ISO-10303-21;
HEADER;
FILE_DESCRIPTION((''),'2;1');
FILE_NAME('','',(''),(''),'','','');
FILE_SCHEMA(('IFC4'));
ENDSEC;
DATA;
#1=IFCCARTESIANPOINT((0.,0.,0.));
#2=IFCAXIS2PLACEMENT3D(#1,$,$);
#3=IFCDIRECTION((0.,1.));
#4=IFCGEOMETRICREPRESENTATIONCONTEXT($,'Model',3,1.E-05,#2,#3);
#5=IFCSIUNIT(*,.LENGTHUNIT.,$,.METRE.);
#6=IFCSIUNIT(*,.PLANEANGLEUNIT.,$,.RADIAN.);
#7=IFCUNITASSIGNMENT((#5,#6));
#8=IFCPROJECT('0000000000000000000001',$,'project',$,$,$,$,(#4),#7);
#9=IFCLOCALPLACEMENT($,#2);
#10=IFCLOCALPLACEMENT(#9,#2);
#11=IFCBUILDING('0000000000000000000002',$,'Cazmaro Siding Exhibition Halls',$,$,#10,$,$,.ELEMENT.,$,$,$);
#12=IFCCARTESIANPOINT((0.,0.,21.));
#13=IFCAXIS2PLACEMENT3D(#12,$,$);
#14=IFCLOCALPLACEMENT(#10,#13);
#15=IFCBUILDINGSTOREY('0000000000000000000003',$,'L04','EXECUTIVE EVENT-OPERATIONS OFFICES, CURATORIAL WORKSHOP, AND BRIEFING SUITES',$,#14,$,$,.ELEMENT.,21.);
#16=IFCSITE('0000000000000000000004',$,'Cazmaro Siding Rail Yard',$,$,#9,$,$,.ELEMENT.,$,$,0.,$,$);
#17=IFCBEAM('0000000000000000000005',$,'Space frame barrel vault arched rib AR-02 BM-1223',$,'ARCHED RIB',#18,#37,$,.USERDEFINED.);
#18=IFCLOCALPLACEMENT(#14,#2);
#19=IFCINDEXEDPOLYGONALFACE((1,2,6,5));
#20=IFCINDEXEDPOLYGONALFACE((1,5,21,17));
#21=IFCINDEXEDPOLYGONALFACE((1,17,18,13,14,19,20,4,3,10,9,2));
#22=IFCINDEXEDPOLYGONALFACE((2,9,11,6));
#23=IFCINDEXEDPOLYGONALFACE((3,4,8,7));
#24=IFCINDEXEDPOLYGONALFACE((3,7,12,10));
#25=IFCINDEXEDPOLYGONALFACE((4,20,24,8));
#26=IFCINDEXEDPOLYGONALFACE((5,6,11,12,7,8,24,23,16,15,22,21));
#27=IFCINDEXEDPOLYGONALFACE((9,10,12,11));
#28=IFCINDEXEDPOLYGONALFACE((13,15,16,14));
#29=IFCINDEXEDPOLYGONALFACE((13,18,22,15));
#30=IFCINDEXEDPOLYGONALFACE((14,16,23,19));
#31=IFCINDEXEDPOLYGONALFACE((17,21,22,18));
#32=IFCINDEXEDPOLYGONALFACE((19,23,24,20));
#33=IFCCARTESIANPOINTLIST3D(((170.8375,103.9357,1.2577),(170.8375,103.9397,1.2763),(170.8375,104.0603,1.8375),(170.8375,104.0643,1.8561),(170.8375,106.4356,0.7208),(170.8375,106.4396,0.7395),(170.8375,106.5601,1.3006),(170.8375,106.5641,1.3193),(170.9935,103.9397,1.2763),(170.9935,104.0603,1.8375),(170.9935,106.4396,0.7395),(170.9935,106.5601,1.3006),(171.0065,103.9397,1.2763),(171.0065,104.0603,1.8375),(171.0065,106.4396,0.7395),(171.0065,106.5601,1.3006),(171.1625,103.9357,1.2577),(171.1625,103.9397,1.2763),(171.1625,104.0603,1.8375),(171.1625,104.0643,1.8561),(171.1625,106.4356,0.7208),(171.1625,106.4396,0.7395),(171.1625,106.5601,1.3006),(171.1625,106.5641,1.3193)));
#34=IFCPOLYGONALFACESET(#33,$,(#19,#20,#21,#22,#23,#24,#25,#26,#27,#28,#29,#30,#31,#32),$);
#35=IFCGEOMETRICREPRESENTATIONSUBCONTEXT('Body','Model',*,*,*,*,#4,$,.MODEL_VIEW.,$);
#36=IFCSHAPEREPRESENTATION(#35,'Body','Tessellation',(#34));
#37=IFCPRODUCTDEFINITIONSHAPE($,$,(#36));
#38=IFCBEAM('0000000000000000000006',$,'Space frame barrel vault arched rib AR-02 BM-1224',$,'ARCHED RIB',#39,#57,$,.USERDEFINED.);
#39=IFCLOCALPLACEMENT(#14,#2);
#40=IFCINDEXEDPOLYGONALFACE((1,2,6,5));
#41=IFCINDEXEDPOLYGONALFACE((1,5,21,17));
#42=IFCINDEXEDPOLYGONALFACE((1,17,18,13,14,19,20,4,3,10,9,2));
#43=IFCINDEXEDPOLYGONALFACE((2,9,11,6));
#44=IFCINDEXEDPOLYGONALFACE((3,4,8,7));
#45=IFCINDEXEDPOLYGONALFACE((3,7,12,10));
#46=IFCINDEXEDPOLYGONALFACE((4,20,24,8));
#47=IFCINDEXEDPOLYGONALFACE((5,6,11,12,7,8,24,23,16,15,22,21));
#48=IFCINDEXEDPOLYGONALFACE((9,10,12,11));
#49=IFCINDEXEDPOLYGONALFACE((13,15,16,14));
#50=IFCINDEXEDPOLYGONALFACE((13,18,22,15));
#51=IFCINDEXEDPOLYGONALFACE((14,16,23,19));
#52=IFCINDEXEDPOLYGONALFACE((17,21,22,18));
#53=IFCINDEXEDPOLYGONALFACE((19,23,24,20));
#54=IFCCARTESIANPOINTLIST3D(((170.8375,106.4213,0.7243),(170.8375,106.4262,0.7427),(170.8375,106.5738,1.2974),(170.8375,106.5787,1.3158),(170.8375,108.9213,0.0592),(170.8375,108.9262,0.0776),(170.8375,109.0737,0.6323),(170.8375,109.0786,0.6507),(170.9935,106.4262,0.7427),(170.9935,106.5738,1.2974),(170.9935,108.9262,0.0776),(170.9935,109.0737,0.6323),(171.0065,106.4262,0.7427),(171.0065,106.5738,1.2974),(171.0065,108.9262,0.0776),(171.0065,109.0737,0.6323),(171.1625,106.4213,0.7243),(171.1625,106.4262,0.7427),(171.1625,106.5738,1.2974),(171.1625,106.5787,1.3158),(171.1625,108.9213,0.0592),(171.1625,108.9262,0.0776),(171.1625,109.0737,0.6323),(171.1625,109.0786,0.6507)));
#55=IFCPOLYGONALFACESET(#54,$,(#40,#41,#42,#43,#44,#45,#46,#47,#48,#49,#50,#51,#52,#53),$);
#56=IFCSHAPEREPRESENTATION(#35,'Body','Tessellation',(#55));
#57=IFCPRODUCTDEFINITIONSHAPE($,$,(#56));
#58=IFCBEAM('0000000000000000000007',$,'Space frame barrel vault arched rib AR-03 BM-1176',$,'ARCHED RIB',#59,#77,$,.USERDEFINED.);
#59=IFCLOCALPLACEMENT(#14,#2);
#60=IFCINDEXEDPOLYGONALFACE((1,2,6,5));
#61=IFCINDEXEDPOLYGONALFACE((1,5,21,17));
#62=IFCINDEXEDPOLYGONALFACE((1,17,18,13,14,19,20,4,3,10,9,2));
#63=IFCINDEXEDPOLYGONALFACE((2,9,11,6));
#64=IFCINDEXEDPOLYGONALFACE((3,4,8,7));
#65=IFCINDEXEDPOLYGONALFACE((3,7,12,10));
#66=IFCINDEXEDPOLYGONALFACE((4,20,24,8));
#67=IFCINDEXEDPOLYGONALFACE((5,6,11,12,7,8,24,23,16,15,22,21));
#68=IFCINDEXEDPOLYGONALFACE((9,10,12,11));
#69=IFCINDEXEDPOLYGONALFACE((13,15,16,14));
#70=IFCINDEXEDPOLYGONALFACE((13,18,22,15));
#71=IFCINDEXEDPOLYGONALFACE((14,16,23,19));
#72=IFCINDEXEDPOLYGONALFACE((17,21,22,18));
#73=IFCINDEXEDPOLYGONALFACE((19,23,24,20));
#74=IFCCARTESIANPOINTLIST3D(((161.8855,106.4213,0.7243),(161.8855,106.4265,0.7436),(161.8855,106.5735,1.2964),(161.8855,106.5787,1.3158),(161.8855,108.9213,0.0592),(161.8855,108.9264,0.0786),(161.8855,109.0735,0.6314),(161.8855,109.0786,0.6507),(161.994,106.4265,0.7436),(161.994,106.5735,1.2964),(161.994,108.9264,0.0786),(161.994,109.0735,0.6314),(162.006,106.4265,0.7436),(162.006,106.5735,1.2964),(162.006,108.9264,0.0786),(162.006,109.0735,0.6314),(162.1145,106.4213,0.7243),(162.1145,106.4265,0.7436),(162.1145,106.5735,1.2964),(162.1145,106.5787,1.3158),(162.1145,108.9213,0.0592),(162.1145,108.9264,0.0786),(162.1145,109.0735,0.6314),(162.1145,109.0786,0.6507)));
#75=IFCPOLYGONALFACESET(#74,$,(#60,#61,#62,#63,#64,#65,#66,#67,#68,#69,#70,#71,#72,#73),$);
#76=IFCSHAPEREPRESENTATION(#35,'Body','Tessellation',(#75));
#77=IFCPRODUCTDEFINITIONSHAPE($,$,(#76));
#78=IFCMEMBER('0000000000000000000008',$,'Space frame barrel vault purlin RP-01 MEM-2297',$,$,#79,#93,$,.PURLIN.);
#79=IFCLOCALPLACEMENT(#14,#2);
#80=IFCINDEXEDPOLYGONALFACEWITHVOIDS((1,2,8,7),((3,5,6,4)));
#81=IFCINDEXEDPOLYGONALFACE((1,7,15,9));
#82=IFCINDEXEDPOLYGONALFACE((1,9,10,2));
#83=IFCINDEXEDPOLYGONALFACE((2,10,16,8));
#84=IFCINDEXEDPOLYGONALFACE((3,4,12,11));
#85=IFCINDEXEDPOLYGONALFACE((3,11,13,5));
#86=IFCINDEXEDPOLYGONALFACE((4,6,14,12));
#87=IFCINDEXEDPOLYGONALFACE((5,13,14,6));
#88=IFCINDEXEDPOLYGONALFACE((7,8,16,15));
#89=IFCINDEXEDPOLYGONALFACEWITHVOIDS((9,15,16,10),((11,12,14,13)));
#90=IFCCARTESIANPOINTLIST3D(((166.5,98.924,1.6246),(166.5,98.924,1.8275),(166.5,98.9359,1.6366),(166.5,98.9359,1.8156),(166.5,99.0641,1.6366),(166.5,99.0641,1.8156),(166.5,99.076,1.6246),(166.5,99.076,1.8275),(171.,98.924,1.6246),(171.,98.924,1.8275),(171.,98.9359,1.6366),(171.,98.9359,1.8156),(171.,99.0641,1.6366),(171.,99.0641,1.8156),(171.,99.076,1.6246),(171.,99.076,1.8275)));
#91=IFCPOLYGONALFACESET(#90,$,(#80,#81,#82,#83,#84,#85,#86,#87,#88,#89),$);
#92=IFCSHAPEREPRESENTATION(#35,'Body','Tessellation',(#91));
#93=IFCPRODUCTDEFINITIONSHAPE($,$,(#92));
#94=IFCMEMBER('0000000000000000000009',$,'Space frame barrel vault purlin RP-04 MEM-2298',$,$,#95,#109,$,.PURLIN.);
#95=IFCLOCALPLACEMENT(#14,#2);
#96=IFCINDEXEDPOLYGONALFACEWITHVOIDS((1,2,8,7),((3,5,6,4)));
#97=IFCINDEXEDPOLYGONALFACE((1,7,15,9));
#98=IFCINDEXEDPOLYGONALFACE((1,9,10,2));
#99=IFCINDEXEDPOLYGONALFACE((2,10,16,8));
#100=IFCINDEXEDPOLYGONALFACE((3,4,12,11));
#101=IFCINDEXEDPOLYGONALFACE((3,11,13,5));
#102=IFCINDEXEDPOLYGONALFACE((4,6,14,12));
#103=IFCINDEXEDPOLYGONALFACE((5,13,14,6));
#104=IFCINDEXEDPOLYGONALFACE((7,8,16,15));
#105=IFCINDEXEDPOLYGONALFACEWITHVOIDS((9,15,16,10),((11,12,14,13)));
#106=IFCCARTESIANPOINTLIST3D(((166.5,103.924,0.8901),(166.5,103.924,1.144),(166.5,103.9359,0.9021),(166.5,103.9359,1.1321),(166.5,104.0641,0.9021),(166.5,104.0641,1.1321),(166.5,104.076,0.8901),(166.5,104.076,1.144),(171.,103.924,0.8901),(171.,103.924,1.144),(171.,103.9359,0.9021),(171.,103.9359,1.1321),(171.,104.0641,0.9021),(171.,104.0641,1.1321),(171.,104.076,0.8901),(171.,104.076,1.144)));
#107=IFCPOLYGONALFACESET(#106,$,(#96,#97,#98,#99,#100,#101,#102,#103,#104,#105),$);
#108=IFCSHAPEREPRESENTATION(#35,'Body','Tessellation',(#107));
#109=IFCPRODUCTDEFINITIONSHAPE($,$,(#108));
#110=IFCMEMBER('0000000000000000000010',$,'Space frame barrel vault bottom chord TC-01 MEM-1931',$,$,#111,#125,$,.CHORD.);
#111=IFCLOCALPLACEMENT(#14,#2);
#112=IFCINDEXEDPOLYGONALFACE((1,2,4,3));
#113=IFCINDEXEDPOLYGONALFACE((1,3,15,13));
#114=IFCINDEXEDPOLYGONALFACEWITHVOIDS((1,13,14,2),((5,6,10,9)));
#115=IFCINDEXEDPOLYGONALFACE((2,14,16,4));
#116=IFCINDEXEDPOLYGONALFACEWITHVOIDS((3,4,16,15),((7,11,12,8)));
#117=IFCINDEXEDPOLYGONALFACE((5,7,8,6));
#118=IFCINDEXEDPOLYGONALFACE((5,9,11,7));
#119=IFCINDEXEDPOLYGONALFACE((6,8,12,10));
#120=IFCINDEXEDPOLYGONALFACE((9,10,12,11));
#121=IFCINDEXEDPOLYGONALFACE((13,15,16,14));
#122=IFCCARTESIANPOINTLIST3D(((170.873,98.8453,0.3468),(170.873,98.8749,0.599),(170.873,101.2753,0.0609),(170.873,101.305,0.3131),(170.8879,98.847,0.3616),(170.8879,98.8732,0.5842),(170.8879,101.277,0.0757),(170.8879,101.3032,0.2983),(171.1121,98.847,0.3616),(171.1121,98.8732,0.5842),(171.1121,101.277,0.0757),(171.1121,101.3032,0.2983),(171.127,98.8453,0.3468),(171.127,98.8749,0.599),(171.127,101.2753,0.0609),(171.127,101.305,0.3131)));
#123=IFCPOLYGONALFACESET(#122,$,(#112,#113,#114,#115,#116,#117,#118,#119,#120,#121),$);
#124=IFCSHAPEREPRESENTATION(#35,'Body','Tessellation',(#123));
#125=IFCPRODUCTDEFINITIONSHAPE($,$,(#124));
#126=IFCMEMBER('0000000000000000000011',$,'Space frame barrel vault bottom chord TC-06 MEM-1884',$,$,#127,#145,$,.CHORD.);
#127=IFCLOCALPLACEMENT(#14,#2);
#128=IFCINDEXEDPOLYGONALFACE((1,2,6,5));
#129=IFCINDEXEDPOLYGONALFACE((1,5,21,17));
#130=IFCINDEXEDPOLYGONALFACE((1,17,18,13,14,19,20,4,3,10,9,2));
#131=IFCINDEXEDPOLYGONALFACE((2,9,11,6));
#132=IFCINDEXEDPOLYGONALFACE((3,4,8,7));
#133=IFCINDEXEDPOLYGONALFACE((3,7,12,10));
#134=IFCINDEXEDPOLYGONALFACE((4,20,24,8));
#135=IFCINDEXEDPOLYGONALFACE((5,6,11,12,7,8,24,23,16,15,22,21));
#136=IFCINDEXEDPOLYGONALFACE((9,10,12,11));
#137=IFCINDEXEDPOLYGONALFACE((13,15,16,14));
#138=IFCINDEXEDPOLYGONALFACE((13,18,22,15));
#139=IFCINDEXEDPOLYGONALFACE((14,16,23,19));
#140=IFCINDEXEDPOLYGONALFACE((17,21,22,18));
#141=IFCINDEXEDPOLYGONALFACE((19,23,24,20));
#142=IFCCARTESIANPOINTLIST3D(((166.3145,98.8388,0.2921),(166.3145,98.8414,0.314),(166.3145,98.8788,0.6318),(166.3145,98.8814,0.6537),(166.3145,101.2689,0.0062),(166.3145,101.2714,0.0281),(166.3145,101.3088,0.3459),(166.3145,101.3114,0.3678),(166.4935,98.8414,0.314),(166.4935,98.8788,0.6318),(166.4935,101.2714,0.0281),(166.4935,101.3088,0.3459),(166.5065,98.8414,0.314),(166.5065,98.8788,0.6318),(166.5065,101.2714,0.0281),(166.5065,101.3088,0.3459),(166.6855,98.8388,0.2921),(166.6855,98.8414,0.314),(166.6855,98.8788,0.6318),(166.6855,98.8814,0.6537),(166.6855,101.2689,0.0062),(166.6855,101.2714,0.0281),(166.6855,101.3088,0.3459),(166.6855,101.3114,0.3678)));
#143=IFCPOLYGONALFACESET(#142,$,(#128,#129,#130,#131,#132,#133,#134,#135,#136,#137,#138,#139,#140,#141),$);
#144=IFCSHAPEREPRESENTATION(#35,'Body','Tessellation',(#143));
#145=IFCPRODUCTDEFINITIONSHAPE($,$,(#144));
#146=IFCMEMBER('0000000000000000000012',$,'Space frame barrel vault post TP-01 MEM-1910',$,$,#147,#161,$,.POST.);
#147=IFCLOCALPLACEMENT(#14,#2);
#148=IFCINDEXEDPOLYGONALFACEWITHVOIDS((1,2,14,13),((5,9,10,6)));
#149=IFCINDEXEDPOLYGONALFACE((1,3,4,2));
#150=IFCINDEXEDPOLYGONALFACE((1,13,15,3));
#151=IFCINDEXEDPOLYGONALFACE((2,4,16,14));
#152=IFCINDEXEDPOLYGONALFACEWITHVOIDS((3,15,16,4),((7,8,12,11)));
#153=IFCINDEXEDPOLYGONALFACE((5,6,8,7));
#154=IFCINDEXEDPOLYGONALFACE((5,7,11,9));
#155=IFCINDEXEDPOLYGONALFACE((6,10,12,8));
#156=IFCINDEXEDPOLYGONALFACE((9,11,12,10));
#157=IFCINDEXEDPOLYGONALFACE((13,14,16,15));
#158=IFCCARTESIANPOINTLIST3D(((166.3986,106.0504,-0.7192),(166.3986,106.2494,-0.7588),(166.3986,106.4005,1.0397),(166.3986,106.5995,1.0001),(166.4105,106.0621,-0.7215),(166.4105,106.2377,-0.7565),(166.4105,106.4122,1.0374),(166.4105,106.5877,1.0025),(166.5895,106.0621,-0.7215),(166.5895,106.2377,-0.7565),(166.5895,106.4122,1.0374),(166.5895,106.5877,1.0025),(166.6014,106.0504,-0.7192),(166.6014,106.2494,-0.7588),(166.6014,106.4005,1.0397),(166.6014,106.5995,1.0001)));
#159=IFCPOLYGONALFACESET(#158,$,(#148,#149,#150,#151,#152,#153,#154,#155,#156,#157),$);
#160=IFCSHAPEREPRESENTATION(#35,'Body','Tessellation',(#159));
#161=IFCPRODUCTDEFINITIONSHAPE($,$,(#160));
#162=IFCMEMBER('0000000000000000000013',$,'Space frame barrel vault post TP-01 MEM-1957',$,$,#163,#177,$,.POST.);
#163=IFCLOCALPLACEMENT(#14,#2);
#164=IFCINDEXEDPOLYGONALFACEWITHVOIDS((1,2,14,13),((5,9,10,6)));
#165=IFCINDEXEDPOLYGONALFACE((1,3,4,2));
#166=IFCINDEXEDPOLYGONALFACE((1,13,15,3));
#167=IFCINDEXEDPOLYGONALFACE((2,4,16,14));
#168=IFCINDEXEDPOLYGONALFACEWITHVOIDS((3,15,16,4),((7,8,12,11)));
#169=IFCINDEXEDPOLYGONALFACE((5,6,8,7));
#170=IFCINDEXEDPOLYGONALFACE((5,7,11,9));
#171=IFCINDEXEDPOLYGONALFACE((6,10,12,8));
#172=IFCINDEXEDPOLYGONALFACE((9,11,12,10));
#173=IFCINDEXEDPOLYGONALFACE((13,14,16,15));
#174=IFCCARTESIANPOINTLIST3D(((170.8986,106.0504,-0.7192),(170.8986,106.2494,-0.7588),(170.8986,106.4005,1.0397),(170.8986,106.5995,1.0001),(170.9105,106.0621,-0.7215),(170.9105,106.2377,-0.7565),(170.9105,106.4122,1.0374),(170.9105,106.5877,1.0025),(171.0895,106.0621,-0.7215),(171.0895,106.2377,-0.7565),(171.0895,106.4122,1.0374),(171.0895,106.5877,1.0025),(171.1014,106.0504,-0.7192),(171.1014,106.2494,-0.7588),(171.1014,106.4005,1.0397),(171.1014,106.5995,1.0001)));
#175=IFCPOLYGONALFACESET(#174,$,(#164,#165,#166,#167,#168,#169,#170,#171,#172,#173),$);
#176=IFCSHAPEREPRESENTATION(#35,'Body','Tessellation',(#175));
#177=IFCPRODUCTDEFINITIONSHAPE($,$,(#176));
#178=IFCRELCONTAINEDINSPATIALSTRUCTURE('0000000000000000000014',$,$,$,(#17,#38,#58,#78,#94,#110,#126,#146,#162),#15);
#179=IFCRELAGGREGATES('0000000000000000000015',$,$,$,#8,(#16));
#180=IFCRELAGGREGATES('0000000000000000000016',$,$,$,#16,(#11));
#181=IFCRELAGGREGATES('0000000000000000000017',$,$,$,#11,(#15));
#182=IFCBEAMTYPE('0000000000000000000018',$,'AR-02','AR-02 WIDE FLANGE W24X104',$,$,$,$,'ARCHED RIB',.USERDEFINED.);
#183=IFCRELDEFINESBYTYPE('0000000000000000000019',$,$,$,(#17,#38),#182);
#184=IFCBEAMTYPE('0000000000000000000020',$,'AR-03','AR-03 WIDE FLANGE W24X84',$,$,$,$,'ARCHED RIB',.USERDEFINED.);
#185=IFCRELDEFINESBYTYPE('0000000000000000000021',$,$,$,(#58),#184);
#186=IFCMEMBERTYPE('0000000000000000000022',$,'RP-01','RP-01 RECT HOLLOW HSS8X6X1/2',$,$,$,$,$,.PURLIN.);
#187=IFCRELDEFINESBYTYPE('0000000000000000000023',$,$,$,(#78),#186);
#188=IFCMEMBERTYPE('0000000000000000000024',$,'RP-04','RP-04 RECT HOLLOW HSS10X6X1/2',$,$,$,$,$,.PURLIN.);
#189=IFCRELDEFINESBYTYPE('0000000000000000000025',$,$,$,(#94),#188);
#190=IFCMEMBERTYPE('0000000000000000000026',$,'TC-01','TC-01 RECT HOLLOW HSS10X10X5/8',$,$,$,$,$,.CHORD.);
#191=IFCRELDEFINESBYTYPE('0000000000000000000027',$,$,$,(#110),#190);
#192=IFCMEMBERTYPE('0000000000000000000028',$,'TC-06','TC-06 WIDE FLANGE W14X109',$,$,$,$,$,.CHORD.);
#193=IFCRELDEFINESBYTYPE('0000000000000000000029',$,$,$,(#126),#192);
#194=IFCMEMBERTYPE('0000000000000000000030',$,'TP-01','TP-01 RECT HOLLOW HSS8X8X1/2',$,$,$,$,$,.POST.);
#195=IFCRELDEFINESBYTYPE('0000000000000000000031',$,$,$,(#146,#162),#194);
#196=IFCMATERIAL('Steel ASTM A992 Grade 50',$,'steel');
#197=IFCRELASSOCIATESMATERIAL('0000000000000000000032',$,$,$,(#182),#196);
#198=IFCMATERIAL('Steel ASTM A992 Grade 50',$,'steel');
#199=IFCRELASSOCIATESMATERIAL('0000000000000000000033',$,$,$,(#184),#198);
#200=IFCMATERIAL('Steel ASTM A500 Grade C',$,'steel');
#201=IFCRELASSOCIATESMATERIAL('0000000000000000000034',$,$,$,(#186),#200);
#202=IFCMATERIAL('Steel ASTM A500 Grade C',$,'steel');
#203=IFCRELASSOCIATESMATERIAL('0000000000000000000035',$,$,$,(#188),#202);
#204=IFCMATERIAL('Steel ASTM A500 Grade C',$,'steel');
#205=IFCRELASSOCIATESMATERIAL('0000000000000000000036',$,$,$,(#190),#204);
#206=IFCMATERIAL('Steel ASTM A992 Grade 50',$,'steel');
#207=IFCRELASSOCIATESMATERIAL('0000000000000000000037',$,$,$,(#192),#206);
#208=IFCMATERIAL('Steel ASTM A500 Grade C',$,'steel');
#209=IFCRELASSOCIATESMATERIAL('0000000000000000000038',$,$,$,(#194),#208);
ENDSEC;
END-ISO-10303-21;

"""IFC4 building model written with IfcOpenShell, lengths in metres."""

from ifc_helpers import new_model, si_unit, direction, frame, origin, origin_2d, place, context, subcontext, project, spatial, hollow_rectangle, i_section, extrude, material, material_profile, profile_set, type_object, element, save


model = new_model("IFC4")

# Units and contexts
model_context = context("Model", 3, precision=1e-05, world=origin(), true_north=direction((0.0, 1.0)))
body_context = subcontext(model_context, "Body", "Model", "MODEL_VIEW")
ifc_project = project(units=[si_unit("LENGTHUNIT", "METRE"), si_unit("PLANEANGLEUNIT", "RADIAN")], contexts=[model_context])

# Site, building, storey
site_placement = place(None, origin())
site = spatial("IfcSite", under=ifc_project, at=site_placement, Name="Cazmaro Siding Rail Yard", CompositionType="ELEMENT", RefElevation=0.0)
building_placement = place(site_placement, origin())
building = spatial("IfcBuilding", under=site, at=building_placement, Name="Cazmaro Siding Exhibition Halls", CompositionType="ELEMENT")
storey_placement = place(building_placement, frame((0.0, 0.0, 21.0)))
storey = spatial("IfcBuildingStorey", under=building, at=storey_placement, Name="L04", Description="EXECUTIVE EVENT-OPERATIONS OFFICES, CURATORIAL WORKSHOP, AND BRIEFING SUITES", CompositionType="ELEMENT", Elevation=21.0)

# Beams
ifc_material_1 = material(Name="Steel ASTM A992 Grade 50", Category="steel")
ifc_material_profile_1 = material_profile(ifc_material_1, i_section(OverallWidth=0.325, OverallDepth=0.6121, WebThickness=0.0129, FlangeThickness=0.019, at=origin_2d()), Name="W24X104")
ifc_profile_set_1 = profile_set([ifc_material_profile_1], Name="Steel ASTM A992 Grade 50")
beam_type_1 = type_object("IfcBeamType", Name="AR-02", Description="AR-02 WIDE FLANGE W24X104", ElementType="ARCHED RIB", PredefinedType="USERDEFINED", material=ifc_profile_set_1)
beam_1_placement = place(storey_placement, frame((171.0, 104.0, 1.5569), z_axis=(0.0, 0.97771, -0.209959), x_axis=(-1.0, 0.0, 0.0)))
element("IfcBeam", 1, at=beam_1_placement, inside=storey, type_object=beam_type_1, Name="Space frame barrel vault arched rib AR-02 BM-1223", ObjectType="ARCHED RIB", PredefinedType="USERDEFINED", context=body_context, shape_type="SweptSolid", body=[
    extrude(i_section(OverallWidth=0.325, OverallDepth=0.6121, WebThickness=0.0129, FlangeThickness=0.019, at=origin_2d()), origin(), (0.0, 0.0, 1.0), 2.5569),
])
beam_2_placement = place(storey_placement, frame((171.0, 106.5, 1.02), z_axis=(0.0, 0.966391, -0.257075), x_axis=(-1.0, 0.0, 0.0)))
element("IfcBeam", 2, at=beam_2_placement, inside=storey, type_object=beam_type_1, Name="Space frame barrel vault arched rib AR-02 BM-1224", ObjectType="ARCHED RIB", PredefinedType="USERDEFINED", context=body_context, shape_type="SweptSolid", body=[
    extrude(i_section(OverallWidth=0.325, OverallDepth=0.6121, WebThickness=0.0129, FlangeThickness=0.019, at=origin_2d()), origin(), (0.0, 0.0, 1.0), 2.5869),
])
ifc_material_2 = material(Name="Steel ASTM A992 Grade 50", Category="steel")
ifc_material_profile_2 = material_profile(ifc_material_2, i_section(OverallWidth=0.229, OverallDepth=0.6121, WebThickness=0.012, FlangeThickness=0.02, at=origin_2d()), Name="W24X84")
ifc_profile_set_2 = profile_set([ifc_material_profile_2], Name="Steel ASTM A992 Grade 50")
beam_type_2 = type_object("IfcBeamType", Name="AR-03", Description="AR-03 WIDE FLANGE W24X84", ElementType="ARCHED RIB", PredefinedType="USERDEFINED", material=ifc_profile_set_2)
beam_3_placement = place(storey_placement, frame((162.0, 106.5, 1.02), z_axis=(0.0, 0.966391, -0.257075), x_axis=(-1.0, 0.0, 0.0)))
element("IfcBeam", 3, at=beam_3_placement, inside=storey, type_object=beam_type_2, Name="Space frame barrel vault arched rib AR-03 BM-1176", ObjectType="ARCHED RIB", PredefinedType="USERDEFINED", context=body_context, shape_type="SweptSolid", body=[
    extrude(i_section(OverallWidth=0.229, OverallDepth=0.6121, WebThickness=0.012, FlangeThickness=0.02, at=origin_2d()), origin(), (0.0, 0.0, 1.0), 2.5869),
])

# Members
ifc_material_3 = material(Name="Steel ASTM A500 Grade C", Category="steel")
ifc_material_profile_3 = material_profile(ifc_material_3, hollow_rectangle(XDim=0.1521, YDim=0.2029, WallThickness=0.012, at=origin_2d()), Name="HSS8X6X1/2")
ifc_profile_set_3 = profile_set([ifc_material_profile_3], Name="Steel ASTM A500 Grade C")
member_type_1 = type_object("IfcMemberType", Name="RP-01", Description="RP-01 RECT HOLLOW HSS8X6X1/2", PredefinedType="PURLIN", material=ifc_profile_set_3)
member_1_placement = place(storey_placement, frame((166.5, 99.0, 1.7261), z_axis=(1.0, 0.0, 0.0), x_axis=(0.0, 1.0, 0.0)))
element("IfcMember", 4, at=member_1_placement, inside=storey, type_object=member_type_1, Name="Space frame barrel vault purlin RP-01 MEM-2297", PredefinedType="PURLIN", context=body_context, shape_type="SweptSolid", body=[
    extrude(hollow_rectangle(XDim=0.1521, YDim=0.2029, WallThickness=0.012, at=origin_2d()), origin(), (0.0, 0.0, 1.0), 4.5),
])
ifc_material_4 = material(Name="Steel ASTM A500 Grade C", Category="steel")
ifc_material_profile_4 = material_profile(ifc_material_4, hollow_rectangle(XDim=0.1521, YDim=0.2539, WallThickness=0.012, at=origin_2d()), Name="HSS10X6X1/2")
ifc_profile_set_4 = profile_set([ifc_material_profile_4], Name="Steel ASTM A500 Grade C")
member_type_2 = type_object("IfcMemberType", Name="RP-04", Description="RP-04 RECT HOLLOW HSS10X6X1/2", PredefinedType="PURLIN", material=ifc_profile_set_4)
member_2_placement = place(storey_placement, frame((166.5, 104.0, 1.0171), z_axis=(1.0, 0.0, 0.0), x_axis=(0.0, 1.0, 0.0)))
element("IfcMember", 5, at=member_2_placement, inside=storey, type_object=member_type_2, Name="Space frame barrel vault purlin RP-04 MEM-2298", PredefinedType="PURLIN", context=body_context, shape_type="SweptSolid", body=[
    extrude(hollow_rectangle(XDim=0.1521, YDim=0.2539, WallThickness=0.012, at=origin_2d()), origin(), (0.0, 0.0, 1.0), 4.5),
])
ifc_material_5 = material(Name="Steel ASTM A500 Grade C", Category="steel")
ifc_material_profile_5 = material_profile(ifc_material_5, hollow_rectangle(XDim=0.2539, YDim=0.2539, WallThickness=0.0149, at=origin_2d()), Name="HSS10X10X5/8")
ifc_profile_set_5 = profile_set([ifc_material_profile_5], Name="Steel ASTM A500 Grade C")
member_type_3 = type_object("IfcMemberType", Name="TC-01", Description="TC-01 RECT HOLLOW HSS10X10X5/8", PredefinedType="CHORD", material=ifc_profile_set_5)
member_3_placement = place(storey_placement, frame((171.0, 98.8601, 0.4729), z_axis=(0.0, 0.99315, -0.116847), x_axis=(-1.0, 0.0, 0.0)))
element("IfcMember", 6, at=member_3_placement, inside=storey, type_object=member_type_3, Name="Space frame barrel vault bottom chord TC-01 MEM-1931", PredefinedType="CHORD", context=body_context, shape_type="SweptSolid", body=[
    extrude(hollow_rectangle(XDim=0.2539, YDim=0.2539, WallThickness=0.0149, at=origin_2d()), origin(), (0.0, 0.0, 1.0), 2.4468),
])
ifc_material_6 = material(Name="Steel ASTM A992 Grade 50", Category="steel")
ifc_material_profile_6 = material_profile(ifc_material_6, i_section(OverallWidth=0.3711, OverallDepth=0.364, WebThickness=0.0129, FlangeThickness=0.022, at=origin_2d()), Name="W14X109")
ifc_profile_set_6 = profile_set([ifc_material_profile_6], Name="Steel ASTM A992 Grade 50")
member_type_4 = type_object("IfcMemberType", Name="TC-06", Description="TC-06 WIDE FLANGE W14X109", PredefinedType="CHORD", material=ifc_profile_set_6)
member_4_placement = place(storey_placement, frame((166.5, 98.8601, 0.4729), z_axis=(0.0, 0.99315, -0.116847), x_axis=(-1.0, 0.0, 0.0)))
element("IfcMember", 7, at=member_4_placement, inside=storey, type_object=member_type_4, Name="Space frame barrel vault bottom chord TC-06 MEM-1884", PredefinedType="CHORD", context=body_context, shape_type="SweptSolid", body=[
    extrude(i_section(OverallWidth=0.3711, OverallDepth=0.364, WebThickness=0.0129, FlangeThickness=0.022, at=origin_2d()), origin(), (0.0, 0.0, 1.0), 2.4468),
])
ifc_material_7 = material(Name="Steel ASTM A500 Grade C", Category="steel")
ifc_material_profile_7 = material_profile(ifc_material_7, hollow_rectangle(XDim=0.2029, YDim=0.2029, WallThickness=0.012, at=origin_2d()), Name="HSS8X8X1/2")
ifc_profile_set_7 = profile_set([ifc_material_profile_7], Name="Steel ASTM A500 Grade C")
member_type_5 = type_object("IfcMemberType", Name="TP-01", Description="TP-01 RECT HOLLOW HSS8X8X1/2", PredefinedType="POST", material=ifc_profile_set_7)
for number, where, z_axis, x_axis, name in (
    (8, (166.5, 106.1499, -0.739), (0.0, 0.1952, 0.980763), (-1.0, 0.0, 0.0), "Space frame barrel vault post TP-01 MEM-1910"),
    (9, (171.0, 106.1499, -0.739), (0.0, 0.1952, 0.980763), (-1.0, 0.0, 0.0), "Space frame barrel vault post TP-01 MEM-1957"),
):
    element("IfcMember", number, at=place(storey_placement, frame(where, z_axis=z_axis, x_axis=x_axis)), inside=storey, type_object=member_type_5, Name=name, PredefinedType="POST", context=body_context, shape_type="SweptSolid", body=[
        extrude(hollow_rectangle(XDim=0.2029, YDim=0.2029, WallThickness=0.012, at=origin_2d()), origin(), (0.0, 0.0, 1.0), 1.7935),
    ])

save(model, "model.ifc")
